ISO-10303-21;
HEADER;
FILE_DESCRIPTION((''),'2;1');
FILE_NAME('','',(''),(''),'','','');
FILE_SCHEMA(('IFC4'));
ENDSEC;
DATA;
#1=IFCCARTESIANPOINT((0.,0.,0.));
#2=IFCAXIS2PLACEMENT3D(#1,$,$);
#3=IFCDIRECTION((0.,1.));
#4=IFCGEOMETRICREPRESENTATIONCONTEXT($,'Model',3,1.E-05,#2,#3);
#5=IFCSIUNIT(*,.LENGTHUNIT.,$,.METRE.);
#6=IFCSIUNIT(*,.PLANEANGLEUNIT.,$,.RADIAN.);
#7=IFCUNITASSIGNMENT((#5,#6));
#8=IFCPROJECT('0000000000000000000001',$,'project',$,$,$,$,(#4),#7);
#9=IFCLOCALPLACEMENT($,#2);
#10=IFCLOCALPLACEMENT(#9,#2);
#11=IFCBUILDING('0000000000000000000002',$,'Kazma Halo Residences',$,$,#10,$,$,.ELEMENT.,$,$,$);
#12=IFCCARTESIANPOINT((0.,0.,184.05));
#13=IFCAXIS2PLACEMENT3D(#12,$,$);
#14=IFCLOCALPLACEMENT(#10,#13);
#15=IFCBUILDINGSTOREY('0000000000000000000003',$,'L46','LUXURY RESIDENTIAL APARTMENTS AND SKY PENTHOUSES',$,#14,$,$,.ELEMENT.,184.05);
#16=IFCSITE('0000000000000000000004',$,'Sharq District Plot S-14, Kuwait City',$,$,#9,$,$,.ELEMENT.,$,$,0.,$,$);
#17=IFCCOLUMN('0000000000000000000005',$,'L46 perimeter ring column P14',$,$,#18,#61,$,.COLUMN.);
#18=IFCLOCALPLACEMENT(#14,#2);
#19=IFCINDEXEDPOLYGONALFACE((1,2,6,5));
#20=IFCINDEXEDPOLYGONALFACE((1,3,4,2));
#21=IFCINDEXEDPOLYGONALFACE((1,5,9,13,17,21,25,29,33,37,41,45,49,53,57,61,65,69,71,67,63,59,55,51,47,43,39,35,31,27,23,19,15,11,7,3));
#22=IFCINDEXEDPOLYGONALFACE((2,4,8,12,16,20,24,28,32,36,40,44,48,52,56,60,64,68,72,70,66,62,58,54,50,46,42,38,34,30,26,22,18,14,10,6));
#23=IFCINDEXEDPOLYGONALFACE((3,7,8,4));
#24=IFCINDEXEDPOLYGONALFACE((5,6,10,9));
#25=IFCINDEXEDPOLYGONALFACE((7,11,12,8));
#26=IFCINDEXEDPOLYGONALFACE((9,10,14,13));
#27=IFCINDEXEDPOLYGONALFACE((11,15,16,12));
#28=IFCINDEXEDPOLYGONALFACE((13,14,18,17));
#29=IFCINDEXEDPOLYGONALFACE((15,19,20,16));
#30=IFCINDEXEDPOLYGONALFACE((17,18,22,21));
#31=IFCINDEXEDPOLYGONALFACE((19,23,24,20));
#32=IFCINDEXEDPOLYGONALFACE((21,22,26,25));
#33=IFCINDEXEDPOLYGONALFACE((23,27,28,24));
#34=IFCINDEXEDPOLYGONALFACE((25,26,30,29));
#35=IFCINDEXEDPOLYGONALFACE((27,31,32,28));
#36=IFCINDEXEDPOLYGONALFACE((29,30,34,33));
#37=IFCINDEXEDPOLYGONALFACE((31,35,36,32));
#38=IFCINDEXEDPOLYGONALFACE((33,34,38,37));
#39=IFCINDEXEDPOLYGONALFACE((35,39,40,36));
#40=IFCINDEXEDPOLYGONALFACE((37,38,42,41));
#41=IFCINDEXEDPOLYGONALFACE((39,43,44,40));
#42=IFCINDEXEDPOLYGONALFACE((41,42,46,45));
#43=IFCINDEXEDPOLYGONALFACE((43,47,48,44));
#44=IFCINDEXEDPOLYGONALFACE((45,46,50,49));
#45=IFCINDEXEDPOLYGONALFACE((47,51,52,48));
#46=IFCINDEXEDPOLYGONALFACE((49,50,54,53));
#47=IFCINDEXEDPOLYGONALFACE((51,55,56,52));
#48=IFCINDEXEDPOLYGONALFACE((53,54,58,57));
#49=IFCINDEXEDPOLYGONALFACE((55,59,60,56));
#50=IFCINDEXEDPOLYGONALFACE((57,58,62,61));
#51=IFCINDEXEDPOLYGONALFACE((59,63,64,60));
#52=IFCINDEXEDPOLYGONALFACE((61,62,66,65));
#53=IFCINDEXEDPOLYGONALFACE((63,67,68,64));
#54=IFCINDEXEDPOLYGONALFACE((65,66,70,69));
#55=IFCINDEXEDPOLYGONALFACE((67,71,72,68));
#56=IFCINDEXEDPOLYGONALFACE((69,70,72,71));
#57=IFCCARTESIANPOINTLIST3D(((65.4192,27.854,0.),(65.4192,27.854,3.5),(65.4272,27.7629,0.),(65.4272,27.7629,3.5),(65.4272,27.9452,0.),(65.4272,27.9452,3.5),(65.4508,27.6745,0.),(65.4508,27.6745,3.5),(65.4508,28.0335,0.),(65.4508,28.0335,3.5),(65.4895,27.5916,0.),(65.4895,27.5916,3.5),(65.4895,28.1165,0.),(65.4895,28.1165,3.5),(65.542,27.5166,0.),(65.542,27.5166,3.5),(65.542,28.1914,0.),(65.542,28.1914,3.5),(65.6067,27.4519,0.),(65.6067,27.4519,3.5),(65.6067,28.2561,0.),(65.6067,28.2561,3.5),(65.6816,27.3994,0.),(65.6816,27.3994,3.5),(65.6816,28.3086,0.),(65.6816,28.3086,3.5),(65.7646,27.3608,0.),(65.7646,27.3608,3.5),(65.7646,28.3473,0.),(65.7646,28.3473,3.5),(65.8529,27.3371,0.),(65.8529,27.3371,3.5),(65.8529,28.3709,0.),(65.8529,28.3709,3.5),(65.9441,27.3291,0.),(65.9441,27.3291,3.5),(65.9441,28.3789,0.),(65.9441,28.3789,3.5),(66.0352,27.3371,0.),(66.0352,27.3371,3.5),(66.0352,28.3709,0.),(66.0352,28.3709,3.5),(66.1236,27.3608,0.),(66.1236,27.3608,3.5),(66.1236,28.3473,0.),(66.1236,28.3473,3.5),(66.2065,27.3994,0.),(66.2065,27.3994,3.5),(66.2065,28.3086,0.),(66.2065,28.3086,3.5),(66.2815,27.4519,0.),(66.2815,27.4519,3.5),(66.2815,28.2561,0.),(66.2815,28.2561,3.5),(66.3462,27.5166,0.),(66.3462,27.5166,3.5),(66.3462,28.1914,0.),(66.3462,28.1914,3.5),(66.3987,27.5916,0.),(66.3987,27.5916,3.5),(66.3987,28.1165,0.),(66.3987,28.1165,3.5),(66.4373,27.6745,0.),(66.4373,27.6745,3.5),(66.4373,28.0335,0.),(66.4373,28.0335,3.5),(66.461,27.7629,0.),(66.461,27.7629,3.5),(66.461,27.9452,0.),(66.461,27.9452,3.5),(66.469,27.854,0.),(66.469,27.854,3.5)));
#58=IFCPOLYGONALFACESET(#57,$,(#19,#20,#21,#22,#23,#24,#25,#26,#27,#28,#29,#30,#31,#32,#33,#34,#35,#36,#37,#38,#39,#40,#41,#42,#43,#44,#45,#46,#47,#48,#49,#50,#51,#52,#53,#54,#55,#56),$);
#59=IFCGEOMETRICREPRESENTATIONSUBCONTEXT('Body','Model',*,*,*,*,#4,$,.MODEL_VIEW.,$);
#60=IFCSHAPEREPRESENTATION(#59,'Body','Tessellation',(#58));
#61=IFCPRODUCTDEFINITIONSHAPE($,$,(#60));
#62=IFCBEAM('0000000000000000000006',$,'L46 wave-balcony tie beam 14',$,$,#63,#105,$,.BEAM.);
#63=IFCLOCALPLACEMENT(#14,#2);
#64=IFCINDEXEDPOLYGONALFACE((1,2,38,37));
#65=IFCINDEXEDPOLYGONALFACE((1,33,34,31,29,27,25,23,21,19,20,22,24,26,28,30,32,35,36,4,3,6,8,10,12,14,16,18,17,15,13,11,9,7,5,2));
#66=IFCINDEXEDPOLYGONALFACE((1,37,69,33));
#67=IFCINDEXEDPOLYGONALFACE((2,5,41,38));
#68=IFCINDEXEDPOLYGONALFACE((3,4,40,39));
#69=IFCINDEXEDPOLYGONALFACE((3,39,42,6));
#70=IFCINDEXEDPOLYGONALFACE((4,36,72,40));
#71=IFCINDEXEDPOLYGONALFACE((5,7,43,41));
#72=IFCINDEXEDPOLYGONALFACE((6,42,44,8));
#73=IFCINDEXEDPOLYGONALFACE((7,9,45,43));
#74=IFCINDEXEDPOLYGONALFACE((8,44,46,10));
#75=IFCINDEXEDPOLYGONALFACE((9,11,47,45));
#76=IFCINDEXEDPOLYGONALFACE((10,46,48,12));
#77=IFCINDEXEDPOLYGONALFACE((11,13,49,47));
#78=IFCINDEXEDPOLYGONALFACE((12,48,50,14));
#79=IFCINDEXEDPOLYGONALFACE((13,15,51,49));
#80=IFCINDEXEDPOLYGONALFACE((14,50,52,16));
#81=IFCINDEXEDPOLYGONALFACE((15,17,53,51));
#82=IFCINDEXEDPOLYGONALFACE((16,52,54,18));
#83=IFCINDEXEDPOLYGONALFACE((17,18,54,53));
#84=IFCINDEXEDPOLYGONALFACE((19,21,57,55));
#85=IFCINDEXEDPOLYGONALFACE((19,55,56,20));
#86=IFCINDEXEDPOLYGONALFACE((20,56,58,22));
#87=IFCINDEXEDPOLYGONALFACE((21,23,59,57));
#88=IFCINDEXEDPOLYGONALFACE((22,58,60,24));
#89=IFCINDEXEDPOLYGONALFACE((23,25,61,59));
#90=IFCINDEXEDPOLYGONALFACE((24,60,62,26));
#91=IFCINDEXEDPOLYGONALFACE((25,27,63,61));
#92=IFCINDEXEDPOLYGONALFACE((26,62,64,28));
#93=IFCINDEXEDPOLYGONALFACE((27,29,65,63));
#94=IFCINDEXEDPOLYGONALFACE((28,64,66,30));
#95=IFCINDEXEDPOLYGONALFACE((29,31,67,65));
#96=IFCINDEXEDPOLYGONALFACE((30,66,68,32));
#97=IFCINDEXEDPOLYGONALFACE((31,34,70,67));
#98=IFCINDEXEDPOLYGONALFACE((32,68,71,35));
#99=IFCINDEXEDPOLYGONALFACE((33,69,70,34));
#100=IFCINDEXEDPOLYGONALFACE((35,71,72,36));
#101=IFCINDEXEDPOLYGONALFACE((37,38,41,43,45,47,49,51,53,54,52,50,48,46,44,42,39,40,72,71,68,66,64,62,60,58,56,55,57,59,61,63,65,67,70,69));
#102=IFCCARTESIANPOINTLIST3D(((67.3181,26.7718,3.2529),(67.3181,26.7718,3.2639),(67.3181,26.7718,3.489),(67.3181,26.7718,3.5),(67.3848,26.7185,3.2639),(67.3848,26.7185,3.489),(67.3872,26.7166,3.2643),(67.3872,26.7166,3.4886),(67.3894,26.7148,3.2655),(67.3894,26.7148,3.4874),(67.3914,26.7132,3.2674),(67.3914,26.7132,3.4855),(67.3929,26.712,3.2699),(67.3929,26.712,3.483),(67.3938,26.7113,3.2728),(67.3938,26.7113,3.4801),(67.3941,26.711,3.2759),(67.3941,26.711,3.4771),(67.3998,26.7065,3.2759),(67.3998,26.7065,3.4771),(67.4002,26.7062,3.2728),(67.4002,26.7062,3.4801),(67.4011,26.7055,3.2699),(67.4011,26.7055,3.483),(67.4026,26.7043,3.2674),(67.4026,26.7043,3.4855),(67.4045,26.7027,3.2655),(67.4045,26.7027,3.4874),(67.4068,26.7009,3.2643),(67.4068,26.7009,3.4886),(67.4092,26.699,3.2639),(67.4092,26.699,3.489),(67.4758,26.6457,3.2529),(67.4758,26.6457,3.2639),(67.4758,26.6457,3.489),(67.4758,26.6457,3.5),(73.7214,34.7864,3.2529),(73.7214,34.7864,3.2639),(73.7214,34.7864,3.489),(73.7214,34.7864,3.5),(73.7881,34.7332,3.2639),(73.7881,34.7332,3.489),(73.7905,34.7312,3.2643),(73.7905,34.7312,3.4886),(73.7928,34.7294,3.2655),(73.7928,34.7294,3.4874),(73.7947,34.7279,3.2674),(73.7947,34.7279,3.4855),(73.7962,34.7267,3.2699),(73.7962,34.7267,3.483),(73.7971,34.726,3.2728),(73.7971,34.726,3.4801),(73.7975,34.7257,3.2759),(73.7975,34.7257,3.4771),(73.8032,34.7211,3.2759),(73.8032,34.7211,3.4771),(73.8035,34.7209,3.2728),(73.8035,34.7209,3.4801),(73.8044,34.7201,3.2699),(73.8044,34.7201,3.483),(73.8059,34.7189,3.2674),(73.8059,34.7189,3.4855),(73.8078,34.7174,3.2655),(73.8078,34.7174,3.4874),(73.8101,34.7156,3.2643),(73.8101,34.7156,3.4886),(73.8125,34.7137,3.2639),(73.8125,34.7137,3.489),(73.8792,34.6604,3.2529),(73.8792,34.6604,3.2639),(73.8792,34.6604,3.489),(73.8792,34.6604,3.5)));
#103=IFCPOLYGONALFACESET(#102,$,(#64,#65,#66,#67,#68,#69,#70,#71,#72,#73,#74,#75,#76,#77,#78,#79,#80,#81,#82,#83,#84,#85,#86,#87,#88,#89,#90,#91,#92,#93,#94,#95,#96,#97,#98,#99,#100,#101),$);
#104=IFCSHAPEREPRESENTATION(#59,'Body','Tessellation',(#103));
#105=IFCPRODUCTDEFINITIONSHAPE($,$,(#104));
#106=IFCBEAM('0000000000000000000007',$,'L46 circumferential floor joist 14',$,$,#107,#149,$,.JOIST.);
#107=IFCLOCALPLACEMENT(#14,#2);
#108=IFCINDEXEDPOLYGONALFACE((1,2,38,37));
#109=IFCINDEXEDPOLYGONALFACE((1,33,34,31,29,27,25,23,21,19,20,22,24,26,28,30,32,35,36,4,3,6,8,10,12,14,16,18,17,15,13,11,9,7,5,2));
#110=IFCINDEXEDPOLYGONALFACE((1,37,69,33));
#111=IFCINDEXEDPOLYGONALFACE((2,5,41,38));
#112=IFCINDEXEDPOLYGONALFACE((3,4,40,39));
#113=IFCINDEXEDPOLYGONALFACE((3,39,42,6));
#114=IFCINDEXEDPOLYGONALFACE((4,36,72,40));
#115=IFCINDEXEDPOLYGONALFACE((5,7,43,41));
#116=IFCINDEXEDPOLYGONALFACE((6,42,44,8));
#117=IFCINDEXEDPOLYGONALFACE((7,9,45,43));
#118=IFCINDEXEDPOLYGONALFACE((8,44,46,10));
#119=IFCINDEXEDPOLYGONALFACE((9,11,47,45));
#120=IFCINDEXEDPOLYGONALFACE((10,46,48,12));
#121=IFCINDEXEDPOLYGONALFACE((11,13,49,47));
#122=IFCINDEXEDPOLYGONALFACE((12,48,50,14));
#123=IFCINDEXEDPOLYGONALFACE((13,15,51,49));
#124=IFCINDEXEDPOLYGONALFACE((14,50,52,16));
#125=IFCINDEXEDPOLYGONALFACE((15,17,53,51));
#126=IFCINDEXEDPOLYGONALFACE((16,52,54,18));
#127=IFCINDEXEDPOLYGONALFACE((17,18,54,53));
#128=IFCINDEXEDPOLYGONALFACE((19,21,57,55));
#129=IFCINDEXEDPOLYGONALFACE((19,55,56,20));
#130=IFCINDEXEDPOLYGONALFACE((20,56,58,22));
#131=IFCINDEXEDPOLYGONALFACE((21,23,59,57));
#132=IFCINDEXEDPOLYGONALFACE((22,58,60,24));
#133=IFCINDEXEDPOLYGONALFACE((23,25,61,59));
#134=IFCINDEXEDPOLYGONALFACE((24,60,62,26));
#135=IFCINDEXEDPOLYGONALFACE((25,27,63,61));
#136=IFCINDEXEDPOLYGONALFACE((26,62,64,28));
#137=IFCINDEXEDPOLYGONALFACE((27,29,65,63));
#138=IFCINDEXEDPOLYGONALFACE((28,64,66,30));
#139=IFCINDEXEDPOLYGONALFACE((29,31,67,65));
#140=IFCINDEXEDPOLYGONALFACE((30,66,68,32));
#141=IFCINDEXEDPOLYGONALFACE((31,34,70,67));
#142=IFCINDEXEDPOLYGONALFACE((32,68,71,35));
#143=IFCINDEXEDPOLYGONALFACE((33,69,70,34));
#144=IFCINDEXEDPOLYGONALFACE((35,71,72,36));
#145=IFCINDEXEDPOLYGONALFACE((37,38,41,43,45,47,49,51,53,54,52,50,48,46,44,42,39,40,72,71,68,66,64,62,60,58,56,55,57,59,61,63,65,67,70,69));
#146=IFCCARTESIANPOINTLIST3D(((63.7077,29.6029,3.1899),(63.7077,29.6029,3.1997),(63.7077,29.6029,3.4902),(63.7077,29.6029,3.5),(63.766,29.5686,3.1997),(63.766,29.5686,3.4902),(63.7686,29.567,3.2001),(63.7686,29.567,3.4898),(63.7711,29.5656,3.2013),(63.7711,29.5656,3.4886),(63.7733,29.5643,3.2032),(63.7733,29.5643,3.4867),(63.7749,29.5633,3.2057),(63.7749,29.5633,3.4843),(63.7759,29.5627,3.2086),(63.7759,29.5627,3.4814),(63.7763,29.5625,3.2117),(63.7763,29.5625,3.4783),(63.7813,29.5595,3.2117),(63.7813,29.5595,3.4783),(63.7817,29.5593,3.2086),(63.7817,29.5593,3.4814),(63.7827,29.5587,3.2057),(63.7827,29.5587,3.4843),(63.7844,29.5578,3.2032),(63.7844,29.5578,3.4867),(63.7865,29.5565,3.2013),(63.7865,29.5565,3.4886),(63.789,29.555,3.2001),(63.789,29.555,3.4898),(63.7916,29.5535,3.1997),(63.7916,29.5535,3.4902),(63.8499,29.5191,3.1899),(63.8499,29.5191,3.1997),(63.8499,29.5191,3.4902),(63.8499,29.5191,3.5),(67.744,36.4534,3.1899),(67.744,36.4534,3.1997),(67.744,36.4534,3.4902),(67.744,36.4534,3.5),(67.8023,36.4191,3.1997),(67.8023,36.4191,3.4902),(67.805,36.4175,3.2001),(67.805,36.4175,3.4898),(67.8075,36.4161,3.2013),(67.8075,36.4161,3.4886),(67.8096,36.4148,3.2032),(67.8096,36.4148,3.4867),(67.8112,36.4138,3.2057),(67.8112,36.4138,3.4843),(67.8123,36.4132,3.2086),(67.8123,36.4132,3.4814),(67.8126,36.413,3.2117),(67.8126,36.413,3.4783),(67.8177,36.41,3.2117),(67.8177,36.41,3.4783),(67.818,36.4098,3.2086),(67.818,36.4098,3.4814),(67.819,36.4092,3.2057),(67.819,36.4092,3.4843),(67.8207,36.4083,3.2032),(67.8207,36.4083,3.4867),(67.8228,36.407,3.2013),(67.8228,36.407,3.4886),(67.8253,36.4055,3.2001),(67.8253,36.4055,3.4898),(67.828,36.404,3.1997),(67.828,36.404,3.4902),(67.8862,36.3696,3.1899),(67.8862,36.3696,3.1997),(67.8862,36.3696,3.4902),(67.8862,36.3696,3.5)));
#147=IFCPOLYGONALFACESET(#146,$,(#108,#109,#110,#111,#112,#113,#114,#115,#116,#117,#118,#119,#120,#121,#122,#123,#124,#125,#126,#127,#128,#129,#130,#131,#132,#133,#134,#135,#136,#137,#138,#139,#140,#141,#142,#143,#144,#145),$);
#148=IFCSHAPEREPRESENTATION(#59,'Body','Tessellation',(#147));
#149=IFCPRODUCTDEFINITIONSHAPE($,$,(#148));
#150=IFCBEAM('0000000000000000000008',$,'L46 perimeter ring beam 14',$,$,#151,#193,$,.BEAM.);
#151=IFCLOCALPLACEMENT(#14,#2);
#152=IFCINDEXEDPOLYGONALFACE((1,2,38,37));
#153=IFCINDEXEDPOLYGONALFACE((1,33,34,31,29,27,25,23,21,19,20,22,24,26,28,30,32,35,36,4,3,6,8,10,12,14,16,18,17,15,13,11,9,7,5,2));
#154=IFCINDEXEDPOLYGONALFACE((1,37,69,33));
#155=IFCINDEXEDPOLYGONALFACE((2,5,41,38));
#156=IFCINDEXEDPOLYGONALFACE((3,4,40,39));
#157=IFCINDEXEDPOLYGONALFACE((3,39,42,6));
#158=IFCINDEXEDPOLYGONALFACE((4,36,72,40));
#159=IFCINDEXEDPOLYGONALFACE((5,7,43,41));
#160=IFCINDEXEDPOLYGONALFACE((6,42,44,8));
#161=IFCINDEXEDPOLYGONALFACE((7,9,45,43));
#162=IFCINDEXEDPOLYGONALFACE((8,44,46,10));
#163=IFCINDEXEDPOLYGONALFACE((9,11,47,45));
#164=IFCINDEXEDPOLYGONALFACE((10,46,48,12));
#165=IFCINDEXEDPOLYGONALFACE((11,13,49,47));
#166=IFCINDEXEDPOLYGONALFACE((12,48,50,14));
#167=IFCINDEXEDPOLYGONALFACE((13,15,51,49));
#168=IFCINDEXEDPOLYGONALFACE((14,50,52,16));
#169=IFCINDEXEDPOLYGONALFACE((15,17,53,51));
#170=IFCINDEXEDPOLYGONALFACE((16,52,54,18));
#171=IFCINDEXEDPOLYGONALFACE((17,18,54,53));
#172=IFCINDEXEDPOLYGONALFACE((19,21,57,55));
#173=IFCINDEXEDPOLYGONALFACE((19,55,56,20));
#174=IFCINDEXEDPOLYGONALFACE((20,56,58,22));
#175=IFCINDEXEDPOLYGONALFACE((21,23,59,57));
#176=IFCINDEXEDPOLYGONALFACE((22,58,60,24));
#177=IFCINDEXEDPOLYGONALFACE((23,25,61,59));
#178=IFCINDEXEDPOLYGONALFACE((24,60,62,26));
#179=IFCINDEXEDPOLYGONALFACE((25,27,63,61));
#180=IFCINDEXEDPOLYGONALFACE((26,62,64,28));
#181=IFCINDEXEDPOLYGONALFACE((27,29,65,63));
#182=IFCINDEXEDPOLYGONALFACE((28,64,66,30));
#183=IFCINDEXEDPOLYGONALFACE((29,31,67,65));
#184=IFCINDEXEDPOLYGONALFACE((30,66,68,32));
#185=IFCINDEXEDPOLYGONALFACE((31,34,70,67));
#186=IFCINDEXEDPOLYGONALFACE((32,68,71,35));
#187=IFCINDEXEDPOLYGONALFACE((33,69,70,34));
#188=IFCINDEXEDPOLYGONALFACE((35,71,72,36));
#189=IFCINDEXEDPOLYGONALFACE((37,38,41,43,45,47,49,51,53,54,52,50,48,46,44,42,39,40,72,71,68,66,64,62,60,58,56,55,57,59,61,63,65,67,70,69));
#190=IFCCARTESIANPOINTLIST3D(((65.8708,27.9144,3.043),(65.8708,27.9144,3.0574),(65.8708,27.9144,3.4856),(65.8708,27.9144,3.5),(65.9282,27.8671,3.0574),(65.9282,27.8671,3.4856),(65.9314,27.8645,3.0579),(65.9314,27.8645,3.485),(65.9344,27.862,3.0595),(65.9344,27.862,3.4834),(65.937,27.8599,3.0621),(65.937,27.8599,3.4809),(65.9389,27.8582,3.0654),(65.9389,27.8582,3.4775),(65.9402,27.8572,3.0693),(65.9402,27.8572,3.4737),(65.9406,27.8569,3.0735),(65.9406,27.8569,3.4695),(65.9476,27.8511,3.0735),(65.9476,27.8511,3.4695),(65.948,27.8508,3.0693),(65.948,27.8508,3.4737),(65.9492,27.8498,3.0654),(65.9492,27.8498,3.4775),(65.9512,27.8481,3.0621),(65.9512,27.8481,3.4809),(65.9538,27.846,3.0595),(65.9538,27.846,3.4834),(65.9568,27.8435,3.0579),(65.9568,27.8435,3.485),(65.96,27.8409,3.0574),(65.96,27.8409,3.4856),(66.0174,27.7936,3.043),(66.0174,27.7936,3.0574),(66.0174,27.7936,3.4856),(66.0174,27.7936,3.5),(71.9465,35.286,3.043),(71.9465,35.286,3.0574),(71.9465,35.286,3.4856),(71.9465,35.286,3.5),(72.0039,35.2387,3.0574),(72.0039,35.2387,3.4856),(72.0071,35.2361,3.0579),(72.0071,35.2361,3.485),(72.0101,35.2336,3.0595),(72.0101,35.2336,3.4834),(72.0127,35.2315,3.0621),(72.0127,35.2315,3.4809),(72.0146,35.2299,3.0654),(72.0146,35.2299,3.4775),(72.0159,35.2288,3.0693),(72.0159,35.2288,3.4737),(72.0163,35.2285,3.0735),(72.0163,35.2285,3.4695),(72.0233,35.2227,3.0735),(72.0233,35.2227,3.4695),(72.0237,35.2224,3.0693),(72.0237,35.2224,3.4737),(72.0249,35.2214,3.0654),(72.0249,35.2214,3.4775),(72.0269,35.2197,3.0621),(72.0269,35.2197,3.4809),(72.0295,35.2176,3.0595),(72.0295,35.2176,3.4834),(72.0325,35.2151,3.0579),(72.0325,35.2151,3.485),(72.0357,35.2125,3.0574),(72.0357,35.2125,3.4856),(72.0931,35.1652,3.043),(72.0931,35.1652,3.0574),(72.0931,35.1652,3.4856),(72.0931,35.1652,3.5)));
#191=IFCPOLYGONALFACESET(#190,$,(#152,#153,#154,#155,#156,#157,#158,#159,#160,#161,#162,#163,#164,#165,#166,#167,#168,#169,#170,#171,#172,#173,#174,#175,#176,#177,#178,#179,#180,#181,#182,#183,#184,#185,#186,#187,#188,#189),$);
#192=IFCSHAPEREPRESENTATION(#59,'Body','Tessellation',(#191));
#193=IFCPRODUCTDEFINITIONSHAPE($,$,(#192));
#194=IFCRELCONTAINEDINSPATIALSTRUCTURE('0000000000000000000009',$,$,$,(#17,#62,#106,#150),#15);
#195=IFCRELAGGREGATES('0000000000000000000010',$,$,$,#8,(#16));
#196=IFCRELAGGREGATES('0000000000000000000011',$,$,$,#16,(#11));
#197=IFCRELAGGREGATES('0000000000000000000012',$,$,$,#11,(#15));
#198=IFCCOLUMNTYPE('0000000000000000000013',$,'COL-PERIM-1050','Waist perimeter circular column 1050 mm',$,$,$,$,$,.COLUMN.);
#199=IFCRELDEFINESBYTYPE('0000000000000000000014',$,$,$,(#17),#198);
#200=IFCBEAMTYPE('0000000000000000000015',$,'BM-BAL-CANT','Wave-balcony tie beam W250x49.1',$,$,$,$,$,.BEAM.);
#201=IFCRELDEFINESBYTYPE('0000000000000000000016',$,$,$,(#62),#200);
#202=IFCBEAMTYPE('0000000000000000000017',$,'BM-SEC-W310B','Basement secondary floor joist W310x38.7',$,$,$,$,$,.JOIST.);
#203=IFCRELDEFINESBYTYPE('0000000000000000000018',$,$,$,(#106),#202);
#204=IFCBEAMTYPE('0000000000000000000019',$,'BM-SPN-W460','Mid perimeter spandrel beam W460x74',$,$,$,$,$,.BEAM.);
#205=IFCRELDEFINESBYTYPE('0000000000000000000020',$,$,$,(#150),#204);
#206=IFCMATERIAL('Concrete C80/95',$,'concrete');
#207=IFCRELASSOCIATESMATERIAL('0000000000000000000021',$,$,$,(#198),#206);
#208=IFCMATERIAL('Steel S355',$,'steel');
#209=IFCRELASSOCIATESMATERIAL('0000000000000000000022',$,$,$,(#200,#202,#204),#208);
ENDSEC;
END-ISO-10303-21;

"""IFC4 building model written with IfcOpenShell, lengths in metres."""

from ifc_helpers import new_model, si_unit, direction, frame, origin, origin_2d, place, context, subcontext, project, spatial, circle, i_section, extrude, material, material_profile, profile_set, type_object, element, save


model = new_model("IFC4")

# Units and contexts
model_context = context("Model", 3, precision=1e-05, world=origin(), true_north=direction((0.0, 1.0)))
body_context = subcontext(model_context, "Body", "Model", "MODEL_VIEW")
ifc_project = project(units=[si_unit("LENGTHUNIT", "METRE"), si_unit("PLANEANGLEUNIT", "RADIAN")], contexts=[model_context])

# Site, building, storey
site_placement = place(None, origin())
site = spatial("IfcSite", under=ifc_project, at=site_placement, Name="Sharq District Plot S-14, Kuwait City", CompositionType="ELEMENT", RefElevation=0.0)
building_placement = place(site_placement, origin())
building = spatial("IfcBuilding", under=site, at=building_placement, Name="Kazma Halo Residences", CompositionType="ELEMENT")
storey_placement = place(building_placement, frame((0.0, 0.0, 184.05)))
storey = spatial("IfcBuildingStorey", under=building, at=storey_placement, Name="L46", Description="LUXURY RESIDENTIAL APARTMENTS AND SKY PENTHOUSES", CompositionType="ELEMENT", Elevation=184.05)

# Column
ifc_material_1 = material(Name="Concrete C80/95", Category="concrete")
ifc_material_profile_1 = material_profile(ifc_material_1, circle(Radius=0.5249, at=origin_2d()), Name="CIRC1050")
ifc_profile_set_1 = profile_set([ifc_material_profile_1], Name="Concrete C80/95")
column_type = type_object("IfcColumnType", Name="COL-PERIM-1050", Description="Waist perimeter circular column 1050 mm", PredefinedType="COLUMN", material=ifc_profile_set_1)
column_placement = place(storey_placement, frame((65.9441, 27.854, 0.0), z_axis=(0.0, 0.0, 1.0), x_axis=(1.0, 0.0, 0.0)))
element("IfcColumn", 1, at=column_placement, inside=storey, type_object=column_type, Name="L46 perimeter ring column P14", PredefinedType="COLUMN", context=body_context, shape_type="SweptSolid", body=[
    extrude(circle(Radius=0.5249, at=origin_2d()), origin(), (0.0, 0.0, 1.0), 3.5),
])

# Beams
ifc_material_2 = material(Name="Steel S355", Category="steel")
ifc_material_profile_2 = material_profile(ifc_material_2, i_section(OverallWidth=0.2019, OverallDepth=0.2471, WebThickness=0.0073, FlangeThickness=0.011, FilletRadius=0.012, at=origin_2d()), Name="W250x49.1")
ifc_profile_set_2 = profile_set([ifc_material_profile_2], Name="Steel S355")
beam_type_1 = type_object("IfcBeamType", Name="BM-BAL-CANT", Description="Wave-balcony tie beam W250x49.1", PredefinedType="BEAM", material=ifc_profile_set_2)
beam_1_placement = place(storey_placement, frame((67.397, 26.7087, 3.3765), z_axis=(0.624196, 0.781268, 0.0), x_axis=(-0.781268, 0.624196, 0.0)))
element("IfcBeam", 2, at=beam_1_placement, inside=storey, type_object=beam_type_1, Name="L46 wave-balcony tie beam 14", PredefinedType="BEAM", context=body_context, shape_type="SweptSolid", body=[
    extrude(i_section(OverallWidth=0.2019, OverallDepth=0.2471, WebThickness=0.0073, FlangeThickness=0.011, FilletRadius=0.012, at=origin_2d()), origin(), (0.0, 0.0, 1.0), 10.2585),
])
ifc_material_profile_3 = material_profile(ifc_material_2, i_section(OverallWidth=0.165, OverallDepth=0.3101, WebThickness=0.0059, FlangeThickness=0.0098, FilletRadius=0.012, at=origin_2d()), Name="W310x38.7")
ifc_profile_set_3 = profile_set([ifc_material_profile_3], Name="Steel S355")
beam_type_2 = type_object("IfcBeamType", Name="BM-SEC-W310B", Description="Basement secondary floor joist W310x38.7", PredefinedType="JOIST", material=ifc_profile_set_3)
beam_2_placement = place(storey_placement, frame((63.7788, 29.561, 3.345), z_axis=(0.507639, 0.86157, 0.0), x_axis=(-0.86157, 0.507639, 0.0)))
element("IfcBeam", 3, at=beam_2_placement, inside=storey, type_object=beam_type_2, Name="L46 circumferential floor joist 14", PredefinedType="JOIST", context=body_context, shape_type="SweptSolid", body=[
    extrude(i_section(OverallWidth=0.165, OverallDepth=0.3101, WebThickness=0.0059, FlangeThickness=0.0098, FilletRadius=0.012, at=origin_2d()), origin(), (0.0, 0.0, 1.0), 7.9512),
])
ifc_material_profile_4 = material_profile(ifc_material_2, i_section(OverallWidth=0.1899, OverallDepth=0.457, WebThickness=0.009, FlangeThickness=0.0144, FilletRadius=0.0161, at=origin_2d()), Name="W460x74")
ifc_profile_set_4 = profile_set([ifc_material_profile_4], Name="Steel S355")
beam_type_3 = type_object("IfcBeamType", Name="BM-SPN-W460", Description="Mid perimeter spandrel beam W460x74", PredefinedType="BEAM", material=ifc_profile_set_4)
beam_3_placement = place(storey_placement, frame((65.9441, 27.854, 3.2715), z_axis=(0.636017, 0.771675, 0.0), x_axis=(-0.771675, 0.636017, 0.0)))
element("IfcBeam", 4, at=beam_3_placement, inside=storey, type_object=beam_type_3, Name="L46 perimeter ring beam 14", PredefinedType="BEAM", context=body_context, shape_type="SweptSolid", body=[
    extrude(i_section(OverallWidth=0.1899, OverallDepth=0.457, WebThickness=0.009, FlangeThickness=0.0144, FilletRadius=0.0161, at=origin_2d()), origin(), (0.0, 0.0, 1.0), 9.5527),
])

save(model, "model.ifc")
